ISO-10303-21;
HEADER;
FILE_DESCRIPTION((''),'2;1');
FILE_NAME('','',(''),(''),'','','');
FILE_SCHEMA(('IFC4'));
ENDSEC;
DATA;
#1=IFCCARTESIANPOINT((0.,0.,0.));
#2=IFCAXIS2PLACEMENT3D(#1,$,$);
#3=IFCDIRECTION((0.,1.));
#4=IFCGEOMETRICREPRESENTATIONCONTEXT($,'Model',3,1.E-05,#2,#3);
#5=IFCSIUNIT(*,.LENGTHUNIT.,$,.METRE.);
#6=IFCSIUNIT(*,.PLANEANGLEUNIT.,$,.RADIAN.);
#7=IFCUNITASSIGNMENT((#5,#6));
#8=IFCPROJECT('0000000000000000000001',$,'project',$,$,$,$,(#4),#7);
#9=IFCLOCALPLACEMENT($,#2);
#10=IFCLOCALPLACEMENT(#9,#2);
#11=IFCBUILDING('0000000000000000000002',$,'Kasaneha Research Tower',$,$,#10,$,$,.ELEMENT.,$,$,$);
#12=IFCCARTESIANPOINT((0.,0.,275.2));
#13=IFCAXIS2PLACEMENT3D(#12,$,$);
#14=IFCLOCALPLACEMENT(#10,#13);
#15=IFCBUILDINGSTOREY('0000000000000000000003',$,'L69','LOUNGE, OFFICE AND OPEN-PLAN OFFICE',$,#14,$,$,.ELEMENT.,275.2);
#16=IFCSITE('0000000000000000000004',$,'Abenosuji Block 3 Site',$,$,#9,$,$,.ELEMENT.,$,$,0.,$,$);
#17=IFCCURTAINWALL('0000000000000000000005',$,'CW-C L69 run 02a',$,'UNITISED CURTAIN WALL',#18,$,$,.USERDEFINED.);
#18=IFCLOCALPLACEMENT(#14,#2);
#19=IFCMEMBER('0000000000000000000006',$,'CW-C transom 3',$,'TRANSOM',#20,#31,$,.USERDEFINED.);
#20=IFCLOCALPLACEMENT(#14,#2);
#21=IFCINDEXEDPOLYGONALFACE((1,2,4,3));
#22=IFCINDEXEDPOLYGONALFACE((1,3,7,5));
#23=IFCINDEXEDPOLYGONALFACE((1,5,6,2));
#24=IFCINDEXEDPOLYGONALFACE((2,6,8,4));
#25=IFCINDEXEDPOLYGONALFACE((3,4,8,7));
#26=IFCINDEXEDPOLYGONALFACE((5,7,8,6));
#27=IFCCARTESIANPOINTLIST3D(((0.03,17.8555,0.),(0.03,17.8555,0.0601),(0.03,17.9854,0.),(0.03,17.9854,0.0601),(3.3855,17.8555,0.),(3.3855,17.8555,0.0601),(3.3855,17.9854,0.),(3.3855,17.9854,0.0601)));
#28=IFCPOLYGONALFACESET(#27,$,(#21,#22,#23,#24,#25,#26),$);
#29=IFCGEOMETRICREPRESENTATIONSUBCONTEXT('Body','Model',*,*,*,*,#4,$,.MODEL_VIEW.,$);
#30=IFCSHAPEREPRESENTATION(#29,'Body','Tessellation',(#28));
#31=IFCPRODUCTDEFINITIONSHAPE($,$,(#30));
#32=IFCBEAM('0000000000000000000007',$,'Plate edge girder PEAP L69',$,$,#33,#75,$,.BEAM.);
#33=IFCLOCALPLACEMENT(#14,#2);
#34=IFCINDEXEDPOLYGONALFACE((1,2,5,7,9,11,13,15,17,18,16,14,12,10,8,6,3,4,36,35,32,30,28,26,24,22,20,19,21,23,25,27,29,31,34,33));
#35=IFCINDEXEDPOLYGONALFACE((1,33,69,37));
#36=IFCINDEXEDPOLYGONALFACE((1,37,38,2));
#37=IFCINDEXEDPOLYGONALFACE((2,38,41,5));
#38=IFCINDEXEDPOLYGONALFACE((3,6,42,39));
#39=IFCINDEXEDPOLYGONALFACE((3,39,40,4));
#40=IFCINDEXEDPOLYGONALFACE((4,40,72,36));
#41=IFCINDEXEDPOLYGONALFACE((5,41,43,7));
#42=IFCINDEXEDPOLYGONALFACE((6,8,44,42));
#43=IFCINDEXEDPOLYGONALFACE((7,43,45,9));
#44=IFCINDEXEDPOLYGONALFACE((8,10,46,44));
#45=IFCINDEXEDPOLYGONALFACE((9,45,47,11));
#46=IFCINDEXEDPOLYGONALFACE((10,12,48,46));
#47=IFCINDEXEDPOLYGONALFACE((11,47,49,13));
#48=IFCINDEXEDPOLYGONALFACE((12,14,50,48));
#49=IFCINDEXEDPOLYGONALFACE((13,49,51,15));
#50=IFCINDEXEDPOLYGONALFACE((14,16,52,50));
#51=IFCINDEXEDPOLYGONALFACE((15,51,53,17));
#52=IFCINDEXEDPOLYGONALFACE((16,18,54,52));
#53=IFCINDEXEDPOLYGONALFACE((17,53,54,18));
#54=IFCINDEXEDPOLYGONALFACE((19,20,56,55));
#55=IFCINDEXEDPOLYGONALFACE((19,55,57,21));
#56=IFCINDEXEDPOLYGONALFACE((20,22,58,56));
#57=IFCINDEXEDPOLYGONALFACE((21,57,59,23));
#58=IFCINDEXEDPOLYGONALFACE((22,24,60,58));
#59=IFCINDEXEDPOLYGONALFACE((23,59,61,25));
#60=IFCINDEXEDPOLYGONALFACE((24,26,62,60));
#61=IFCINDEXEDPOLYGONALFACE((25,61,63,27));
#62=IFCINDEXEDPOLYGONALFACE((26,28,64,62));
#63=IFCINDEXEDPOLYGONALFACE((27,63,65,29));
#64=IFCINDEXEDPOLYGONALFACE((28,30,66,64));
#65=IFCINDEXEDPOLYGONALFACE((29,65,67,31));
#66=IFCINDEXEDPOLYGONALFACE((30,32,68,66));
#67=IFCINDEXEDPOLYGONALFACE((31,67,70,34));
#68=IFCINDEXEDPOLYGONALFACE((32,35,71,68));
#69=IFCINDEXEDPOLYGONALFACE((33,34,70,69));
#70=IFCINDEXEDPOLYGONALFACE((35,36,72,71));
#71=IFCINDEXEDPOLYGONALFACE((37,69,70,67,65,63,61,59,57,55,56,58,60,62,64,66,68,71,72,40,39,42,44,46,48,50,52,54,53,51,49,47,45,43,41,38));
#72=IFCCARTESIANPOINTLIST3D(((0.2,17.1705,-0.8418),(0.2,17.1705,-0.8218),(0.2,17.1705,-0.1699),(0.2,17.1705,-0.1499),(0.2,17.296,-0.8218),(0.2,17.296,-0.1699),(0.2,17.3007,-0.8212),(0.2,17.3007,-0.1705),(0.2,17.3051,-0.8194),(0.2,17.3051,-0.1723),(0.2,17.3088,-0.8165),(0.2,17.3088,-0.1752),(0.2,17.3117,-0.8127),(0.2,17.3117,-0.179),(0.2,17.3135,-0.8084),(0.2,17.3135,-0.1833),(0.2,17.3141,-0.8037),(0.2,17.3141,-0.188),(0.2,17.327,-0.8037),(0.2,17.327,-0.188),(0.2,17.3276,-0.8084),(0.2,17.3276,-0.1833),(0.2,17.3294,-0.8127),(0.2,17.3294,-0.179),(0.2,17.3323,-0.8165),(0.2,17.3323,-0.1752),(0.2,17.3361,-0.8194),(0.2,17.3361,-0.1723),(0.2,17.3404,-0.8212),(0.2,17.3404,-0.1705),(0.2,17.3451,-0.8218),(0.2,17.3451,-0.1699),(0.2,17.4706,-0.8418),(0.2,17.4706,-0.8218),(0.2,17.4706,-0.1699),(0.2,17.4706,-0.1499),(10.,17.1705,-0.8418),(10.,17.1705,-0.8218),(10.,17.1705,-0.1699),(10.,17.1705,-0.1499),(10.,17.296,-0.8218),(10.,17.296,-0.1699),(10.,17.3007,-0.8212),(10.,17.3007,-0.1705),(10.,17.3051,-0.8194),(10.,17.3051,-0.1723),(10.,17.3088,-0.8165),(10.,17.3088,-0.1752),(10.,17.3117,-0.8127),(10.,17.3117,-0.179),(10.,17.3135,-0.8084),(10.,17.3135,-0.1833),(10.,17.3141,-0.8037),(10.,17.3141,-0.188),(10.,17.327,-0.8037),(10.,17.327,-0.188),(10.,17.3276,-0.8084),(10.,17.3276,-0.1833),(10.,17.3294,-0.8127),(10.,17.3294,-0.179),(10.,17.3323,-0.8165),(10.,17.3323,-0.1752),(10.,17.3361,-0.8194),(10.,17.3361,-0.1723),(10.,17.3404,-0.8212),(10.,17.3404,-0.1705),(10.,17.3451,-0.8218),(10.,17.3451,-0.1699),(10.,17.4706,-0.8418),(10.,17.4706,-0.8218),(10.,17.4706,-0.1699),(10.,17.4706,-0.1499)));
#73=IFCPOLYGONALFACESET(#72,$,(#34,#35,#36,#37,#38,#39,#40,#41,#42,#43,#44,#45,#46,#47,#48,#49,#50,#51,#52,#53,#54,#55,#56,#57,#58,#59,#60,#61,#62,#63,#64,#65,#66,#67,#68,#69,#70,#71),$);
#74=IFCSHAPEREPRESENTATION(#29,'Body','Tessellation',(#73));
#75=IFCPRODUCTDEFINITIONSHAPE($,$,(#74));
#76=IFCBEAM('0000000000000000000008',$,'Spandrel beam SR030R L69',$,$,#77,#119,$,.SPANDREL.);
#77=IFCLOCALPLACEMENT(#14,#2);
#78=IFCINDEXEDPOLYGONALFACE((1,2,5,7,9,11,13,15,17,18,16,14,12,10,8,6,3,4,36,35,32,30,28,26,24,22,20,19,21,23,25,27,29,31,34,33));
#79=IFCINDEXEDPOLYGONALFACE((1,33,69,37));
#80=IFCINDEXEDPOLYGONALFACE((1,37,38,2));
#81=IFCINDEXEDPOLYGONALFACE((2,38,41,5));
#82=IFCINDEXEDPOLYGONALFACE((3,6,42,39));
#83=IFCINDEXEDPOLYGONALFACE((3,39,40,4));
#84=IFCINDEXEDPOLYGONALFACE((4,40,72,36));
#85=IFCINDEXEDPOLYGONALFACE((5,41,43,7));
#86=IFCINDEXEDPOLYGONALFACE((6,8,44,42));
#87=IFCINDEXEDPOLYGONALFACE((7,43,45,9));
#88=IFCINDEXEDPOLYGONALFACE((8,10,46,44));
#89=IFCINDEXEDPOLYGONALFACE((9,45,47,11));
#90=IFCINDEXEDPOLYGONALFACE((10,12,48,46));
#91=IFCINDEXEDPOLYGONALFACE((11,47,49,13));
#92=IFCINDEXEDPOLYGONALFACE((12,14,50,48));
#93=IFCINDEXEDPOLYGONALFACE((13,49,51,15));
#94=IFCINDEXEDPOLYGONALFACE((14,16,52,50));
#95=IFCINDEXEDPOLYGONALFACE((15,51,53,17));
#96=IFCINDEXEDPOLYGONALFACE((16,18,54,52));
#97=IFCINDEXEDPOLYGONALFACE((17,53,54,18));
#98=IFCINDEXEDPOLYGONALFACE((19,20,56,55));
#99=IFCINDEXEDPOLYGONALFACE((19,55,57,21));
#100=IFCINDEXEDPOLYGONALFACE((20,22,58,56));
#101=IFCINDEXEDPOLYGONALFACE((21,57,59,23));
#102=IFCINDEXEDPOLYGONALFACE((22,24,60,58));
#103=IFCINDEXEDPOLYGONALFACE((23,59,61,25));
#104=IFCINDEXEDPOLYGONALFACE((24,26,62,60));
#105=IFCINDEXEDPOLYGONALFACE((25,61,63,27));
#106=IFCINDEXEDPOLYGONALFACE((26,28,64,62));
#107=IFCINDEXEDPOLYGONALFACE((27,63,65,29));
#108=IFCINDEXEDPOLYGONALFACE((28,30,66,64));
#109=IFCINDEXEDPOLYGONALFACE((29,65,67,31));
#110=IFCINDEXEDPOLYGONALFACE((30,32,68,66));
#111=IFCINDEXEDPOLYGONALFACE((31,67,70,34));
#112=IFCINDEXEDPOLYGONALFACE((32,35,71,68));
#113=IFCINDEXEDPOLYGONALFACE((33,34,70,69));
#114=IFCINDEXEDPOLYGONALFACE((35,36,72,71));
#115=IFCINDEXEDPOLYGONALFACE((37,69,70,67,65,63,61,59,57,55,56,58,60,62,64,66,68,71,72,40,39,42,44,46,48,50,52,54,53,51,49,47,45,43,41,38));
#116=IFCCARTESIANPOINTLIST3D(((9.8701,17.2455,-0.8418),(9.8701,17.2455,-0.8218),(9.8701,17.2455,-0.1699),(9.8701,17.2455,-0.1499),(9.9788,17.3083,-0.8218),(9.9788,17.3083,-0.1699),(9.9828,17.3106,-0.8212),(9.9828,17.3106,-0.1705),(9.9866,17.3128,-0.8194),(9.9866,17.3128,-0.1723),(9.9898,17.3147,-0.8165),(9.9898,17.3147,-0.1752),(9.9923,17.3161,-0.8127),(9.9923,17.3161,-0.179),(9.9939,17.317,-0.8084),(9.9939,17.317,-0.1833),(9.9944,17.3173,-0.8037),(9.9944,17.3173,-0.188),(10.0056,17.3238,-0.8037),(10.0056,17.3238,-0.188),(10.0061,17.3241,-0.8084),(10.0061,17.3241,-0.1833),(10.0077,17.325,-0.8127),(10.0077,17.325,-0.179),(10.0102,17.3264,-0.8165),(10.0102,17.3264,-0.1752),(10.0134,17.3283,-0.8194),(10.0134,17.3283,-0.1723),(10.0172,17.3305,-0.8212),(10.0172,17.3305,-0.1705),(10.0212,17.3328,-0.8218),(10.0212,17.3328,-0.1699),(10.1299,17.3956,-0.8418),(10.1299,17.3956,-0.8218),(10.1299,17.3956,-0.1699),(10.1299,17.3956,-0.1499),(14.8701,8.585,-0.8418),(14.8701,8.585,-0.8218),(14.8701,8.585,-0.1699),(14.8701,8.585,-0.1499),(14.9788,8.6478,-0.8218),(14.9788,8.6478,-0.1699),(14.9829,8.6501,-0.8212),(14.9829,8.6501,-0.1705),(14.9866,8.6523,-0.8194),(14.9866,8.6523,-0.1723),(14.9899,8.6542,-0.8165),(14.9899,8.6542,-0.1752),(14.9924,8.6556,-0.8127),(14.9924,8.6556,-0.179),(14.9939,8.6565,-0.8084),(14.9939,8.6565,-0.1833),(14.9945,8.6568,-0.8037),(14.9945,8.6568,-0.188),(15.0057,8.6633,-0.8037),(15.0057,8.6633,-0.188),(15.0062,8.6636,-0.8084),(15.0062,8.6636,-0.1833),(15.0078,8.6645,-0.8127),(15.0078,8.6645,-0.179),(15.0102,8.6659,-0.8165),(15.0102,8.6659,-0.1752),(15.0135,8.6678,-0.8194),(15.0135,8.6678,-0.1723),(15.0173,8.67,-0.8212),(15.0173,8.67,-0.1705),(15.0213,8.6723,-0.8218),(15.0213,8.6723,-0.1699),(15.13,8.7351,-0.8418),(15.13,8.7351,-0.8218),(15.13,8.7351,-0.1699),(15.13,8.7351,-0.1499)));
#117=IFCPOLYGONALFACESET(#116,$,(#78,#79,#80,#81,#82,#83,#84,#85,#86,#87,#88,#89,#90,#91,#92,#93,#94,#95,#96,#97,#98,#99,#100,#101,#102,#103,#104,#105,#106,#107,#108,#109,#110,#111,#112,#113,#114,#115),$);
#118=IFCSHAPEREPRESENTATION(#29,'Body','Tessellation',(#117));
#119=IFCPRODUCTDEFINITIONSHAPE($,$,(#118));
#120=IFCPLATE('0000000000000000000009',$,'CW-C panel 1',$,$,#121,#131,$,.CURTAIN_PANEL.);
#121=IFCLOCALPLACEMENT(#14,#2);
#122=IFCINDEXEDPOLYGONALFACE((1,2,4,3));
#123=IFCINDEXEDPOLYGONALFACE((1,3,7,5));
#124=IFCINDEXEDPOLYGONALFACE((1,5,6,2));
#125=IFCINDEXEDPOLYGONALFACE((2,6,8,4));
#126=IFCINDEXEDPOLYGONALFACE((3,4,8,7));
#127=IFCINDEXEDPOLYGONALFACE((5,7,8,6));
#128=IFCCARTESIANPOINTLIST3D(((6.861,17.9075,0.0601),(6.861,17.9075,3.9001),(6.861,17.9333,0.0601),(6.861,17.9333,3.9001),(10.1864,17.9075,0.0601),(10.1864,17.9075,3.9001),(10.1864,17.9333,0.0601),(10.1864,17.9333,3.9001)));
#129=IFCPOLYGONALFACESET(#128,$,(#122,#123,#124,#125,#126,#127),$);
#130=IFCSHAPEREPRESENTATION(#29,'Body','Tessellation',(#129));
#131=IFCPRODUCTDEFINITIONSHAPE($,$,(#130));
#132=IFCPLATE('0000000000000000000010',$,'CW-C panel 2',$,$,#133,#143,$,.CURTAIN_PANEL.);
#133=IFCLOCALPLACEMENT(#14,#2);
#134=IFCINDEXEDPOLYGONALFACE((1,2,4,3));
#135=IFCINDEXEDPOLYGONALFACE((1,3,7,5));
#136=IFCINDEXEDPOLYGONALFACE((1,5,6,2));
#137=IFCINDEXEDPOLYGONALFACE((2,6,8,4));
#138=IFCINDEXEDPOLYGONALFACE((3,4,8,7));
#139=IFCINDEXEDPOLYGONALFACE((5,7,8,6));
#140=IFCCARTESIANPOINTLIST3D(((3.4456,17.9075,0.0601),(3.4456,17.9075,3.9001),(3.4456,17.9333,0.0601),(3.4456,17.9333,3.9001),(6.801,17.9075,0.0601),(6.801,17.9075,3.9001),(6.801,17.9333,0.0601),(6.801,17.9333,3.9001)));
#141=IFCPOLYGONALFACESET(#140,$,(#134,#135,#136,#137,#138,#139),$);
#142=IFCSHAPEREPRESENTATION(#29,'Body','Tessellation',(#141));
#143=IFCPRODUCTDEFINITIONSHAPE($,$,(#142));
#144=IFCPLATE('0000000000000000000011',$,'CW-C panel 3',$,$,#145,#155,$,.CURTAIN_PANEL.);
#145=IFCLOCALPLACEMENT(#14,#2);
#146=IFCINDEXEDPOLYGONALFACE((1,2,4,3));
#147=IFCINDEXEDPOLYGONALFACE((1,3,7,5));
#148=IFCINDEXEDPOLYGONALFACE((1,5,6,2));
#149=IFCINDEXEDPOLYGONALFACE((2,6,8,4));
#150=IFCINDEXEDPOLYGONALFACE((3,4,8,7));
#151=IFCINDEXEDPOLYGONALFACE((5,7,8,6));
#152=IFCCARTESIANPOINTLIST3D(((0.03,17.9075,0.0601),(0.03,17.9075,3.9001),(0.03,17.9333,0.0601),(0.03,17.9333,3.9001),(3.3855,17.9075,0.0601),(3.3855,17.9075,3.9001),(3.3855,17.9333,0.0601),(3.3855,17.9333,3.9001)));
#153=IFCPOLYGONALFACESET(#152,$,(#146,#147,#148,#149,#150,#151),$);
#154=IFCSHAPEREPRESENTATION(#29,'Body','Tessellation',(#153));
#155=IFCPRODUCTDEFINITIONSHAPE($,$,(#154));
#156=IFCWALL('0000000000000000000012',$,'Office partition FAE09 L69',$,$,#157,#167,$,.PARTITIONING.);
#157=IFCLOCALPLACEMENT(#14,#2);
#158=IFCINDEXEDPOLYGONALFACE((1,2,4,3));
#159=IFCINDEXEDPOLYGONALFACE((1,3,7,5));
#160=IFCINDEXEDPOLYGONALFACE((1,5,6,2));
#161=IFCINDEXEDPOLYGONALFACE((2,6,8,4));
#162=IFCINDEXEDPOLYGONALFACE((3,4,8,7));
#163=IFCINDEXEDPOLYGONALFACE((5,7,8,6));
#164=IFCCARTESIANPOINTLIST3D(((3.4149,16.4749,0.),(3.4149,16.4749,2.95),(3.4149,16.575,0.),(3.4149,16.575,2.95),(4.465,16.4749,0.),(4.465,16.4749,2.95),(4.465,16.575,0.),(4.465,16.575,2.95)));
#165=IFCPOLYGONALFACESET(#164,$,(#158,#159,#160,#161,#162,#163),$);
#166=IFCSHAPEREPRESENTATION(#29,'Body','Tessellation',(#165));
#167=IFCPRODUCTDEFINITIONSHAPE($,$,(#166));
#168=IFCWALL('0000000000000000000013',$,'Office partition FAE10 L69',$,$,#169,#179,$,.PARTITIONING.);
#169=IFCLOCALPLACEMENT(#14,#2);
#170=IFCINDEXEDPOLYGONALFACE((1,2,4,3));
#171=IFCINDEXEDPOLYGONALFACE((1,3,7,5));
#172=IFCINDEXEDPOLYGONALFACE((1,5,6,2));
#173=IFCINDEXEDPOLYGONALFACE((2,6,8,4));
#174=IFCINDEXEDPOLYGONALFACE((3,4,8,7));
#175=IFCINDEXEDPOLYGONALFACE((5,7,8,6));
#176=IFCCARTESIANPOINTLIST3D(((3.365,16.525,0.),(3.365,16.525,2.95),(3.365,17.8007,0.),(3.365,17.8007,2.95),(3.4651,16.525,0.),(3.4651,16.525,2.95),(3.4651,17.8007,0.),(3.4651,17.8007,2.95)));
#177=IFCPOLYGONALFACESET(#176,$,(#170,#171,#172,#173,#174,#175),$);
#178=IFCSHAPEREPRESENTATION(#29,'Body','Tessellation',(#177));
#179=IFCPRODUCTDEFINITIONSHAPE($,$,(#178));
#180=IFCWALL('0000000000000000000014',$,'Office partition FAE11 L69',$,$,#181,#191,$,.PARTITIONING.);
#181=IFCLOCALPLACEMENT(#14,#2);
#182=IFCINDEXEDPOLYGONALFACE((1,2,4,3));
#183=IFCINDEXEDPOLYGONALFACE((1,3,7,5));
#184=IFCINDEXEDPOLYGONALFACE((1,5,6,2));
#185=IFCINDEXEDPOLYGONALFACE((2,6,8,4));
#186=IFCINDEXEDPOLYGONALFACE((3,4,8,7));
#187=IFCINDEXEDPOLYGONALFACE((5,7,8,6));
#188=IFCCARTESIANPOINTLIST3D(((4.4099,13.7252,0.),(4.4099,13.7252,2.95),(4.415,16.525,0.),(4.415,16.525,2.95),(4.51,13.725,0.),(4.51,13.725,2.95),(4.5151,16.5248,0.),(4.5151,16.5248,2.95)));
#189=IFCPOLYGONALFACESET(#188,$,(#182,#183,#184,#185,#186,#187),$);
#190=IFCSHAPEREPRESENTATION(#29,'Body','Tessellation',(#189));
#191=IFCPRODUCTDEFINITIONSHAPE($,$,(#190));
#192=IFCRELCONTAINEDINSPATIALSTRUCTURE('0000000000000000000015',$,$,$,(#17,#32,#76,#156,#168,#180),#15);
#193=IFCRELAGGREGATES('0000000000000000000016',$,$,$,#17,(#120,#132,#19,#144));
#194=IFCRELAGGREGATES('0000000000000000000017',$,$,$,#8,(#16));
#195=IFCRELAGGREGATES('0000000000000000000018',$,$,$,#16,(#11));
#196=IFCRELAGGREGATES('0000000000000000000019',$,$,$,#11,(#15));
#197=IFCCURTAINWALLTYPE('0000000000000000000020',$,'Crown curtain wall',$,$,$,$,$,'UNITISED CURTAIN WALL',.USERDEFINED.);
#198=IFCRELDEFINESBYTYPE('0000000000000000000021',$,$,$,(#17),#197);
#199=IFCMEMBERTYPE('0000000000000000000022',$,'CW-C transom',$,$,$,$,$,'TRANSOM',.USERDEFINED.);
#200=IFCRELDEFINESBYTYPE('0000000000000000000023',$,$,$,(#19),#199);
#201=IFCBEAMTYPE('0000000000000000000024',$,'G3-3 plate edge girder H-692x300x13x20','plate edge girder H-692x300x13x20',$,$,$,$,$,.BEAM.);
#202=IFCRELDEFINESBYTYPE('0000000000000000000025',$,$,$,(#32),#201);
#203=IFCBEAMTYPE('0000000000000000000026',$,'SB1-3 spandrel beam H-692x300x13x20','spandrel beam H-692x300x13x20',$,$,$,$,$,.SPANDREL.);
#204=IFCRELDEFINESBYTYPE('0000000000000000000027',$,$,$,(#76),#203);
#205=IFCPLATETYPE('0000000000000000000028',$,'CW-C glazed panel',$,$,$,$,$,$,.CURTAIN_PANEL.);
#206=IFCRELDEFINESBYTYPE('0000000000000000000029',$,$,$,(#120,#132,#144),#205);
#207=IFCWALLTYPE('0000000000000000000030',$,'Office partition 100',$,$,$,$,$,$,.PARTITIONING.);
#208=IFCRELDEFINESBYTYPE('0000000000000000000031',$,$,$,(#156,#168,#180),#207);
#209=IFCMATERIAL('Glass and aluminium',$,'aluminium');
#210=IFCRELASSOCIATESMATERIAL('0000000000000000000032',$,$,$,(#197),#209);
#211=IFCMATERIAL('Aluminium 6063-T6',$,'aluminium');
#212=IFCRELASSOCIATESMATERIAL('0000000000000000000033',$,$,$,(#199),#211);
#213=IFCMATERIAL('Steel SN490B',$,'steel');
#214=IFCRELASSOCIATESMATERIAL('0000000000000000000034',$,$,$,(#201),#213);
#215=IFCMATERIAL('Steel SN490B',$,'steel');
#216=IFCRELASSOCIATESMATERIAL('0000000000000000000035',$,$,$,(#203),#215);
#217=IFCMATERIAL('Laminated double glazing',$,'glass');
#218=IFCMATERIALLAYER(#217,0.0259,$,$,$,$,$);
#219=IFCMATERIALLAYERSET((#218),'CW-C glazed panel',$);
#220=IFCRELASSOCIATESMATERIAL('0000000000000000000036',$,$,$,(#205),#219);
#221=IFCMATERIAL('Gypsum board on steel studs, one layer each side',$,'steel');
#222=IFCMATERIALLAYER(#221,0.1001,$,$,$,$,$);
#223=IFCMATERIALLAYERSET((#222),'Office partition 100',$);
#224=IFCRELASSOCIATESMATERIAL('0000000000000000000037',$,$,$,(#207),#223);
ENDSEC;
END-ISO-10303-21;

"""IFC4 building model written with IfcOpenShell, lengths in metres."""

from ifc_helpers import new_model, si_unit, direction, frame, frame_2d, origin, origin_2d, place, context, subcontext, project, spatial, rectangle, i_section, extrude, material, layer, layer_set, material_profile, profile_set, type_object, element, aggregate, save


model = new_model("IFC4")

# Units and contexts
model_context = context("Model", 3, precision=1e-05, world=origin(), true_north=direction((0.0, 1.0)))
body_context = subcontext(model_context, "Body", "Model", "MODEL_VIEW")
ifc_project = project(units=[si_unit("LENGTHUNIT", "METRE"), si_unit("PLANEANGLEUNIT", "RADIAN")], contexts=[model_context])

# Site, building, storey
site_placement = place(None, origin())
site = spatial("IfcSite", under=ifc_project, at=site_placement, Name="Abenosuji Block 3 Site", CompositionType="ELEMENT", RefElevation=0.0)
building_placement = place(site_placement, origin())
building = spatial("IfcBuilding", under=site, at=building_placement, Name="Kasaneha Research Tower", CompositionType="ELEMENT")
storey_placement = place(building_placement, frame((0.0, 0.0, 275.2)))
storey = spatial("IfcBuildingStorey", under=building, at=storey_placement, Name="L69", Description="LOUNGE, OFFICE AND OPEN-PLAN OFFICE", CompositionType="ELEMENT", Elevation=275.2)

# Curtain wall, member
ifc_material_1 = material(Name="Glass and aluminium", Category="aluminium")
curtain_wall_type = type_object("IfcCurtainWallType", Name="Crown curtain wall", ElementType="UNITISED CURTAIN WALL", PredefinedType="USERDEFINED", material=ifc_material_1)
curtain_wall_placement = place(storey_placement, origin())
curtain_wall = element("IfcCurtainWall", 1, at=curtain_wall_placement, inside=storey, type_object=curtain_wall_type, Name="CW-C L69 run 02a", ObjectType="UNITISED CURTAIN WALL", PredefinedType="USERDEFINED")
ifc_material_2 = material(Name="Aluminium 6063-T6", Category="aluminium")
ifc_material_profile_1 = material_profile(ifc_material_2, rectangle(XDim=0.1299, YDim=0.0601, at=origin_2d()), Name="CW-C transom 130x60")
ifc_profile_set_1 = profile_set([ifc_material_profile_1], Name="Aluminium 6063-T6")
member_type_1 = type_object("IfcMemberType", Name="CW-C transom", ElementType="TRANSOM", PredefinedType="USERDEFINED", material=ifc_profile_set_1)
member_1_placement = place(storey_placement, frame((3.3855, 17.9204, 0.03), z_axis=(-1.0, 0.0, 0.0), x_axis=(0.0, -1.0, 0.0)))
member_1 = element("IfcMember", 2, at=member_1_placement, type_object=member_type_1, Name="CW-C transom 3", ObjectType="TRANSOM", PredefinedType="USERDEFINED", context=body_context, shape_type="SweptSolid", body=[
    extrude(rectangle(XDim=0.1299, YDim=0.0601, at=origin_2d()), origin(), (0.0, 0.0, 1.0), 3.3555),
])

# Beams
ifc_material_3 = material(Name="Steel SN490B", Category="steel")
ifc_material_profile_2 = material_profile(ifc_material_3, i_section(OverallWidth=0.3, OverallDepth=0.6919, WebThickness=0.0129, FlangeThickness=0.02, FilletRadius=0.0181, at=origin_2d()), Name="H-692x300x13x20")
ifc_profile_set_2 = profile_set([ifc_material_profile_2], Name="Steel SN490B")
beam_type_1 = type_object("IfcBeamType", Name="G3-3 plate edge girder H-692x300x13x20", Description="plate edge girder H-692x300x13x20", PredefinedType="BEAM", material=ifc_profile_set_2)
beam_1_placement = place(storey_placement, frame((10.0, 17.3206, -0.4958), z_axis=(-1.0, 0.0, 0.0), x_axis=(0.0, -1.0, 0.0)))
element("IfcBeam", 3, at=beam_1_placement, inside=storey, type_object=beam_type_1, Name="Plate edge girder PEAP L69", PredefinedType="BEAM", context=body_context, shape_type="SweptSolid", body=[
    extrude(i_section(OverallWidth=0.3, OverallDepth=0.6919, WebThickness=0.0129, FlangeThickness=0.02, FilletRadius=0.0181, at=origin_2d()), origin(), (0.0, 0.0, 1.0), 9.8),
])
ifc_material_4 = material(Name="Steel SN490B", Category="steel")
ifc_material_profile_3 = material_profile(ifc_material_4, i_section(OverallWidth=0.3, OverallDepth=0.6919, WebThickness=0.0129, FlangeThickness=0.02, FilletRadius=0.0181, at=origin_2d()), Name="H-692x300x13x20")
ifc_profile_set_3 = profile_set([ifc_material_profile_3], Name="Steel SN490B")
beam_type_2 = type_object("IfcBeamType", Name="SB1-3 spandrel beam H-692x300x13x20", Description="spandrel beam H-692x300x13x20", PredefinedType="SPANDREL", material=ifc_profile_set_3)
beam_2_placement = place(storey_placement, frame((10.0, 17.3206, -0.4958), z_axis=(0.499994, -0.866029, 0.0), x_axis=(0.866029, 0.499994, 0.0)))
element("IfcBeam", 4, at=beam_2_placement, inside=storey, type_object=beam_type_2, Name="Spandrel beam SR030R L69", PredefinedType="SPANDREL", context=body_context, shape_type="SweptSolid", body=[
    extrude(i_section(OverallWidth=0.3, OverallDepth=0.6919, WebThickness=0.0129, FlangeThickness=0.02, FilletRadius=0.0181, at=origin_2d()), origin(), (0.0, 0.0, 1.0), 10.0002),
])

# Plates
ifc_material_5 = material(Name="Laminated double glazing", Category="glass")
ifc_layer_1 = layer(ifc_material_5, 0.0259)
ifc_layer_set_1 = layer_set([ifc_layer_1], Name="CW-C glazed panel")
plate_type = type_object("IfcPlateType", Name="CW-C glazed panel", PredefinedType="CURTAIN_PANEL", material=ifc_layer_set_1)
plate_1_placement = place(storey_placement, frame((8.5237, 17.9204, 0.0601), z_axis=(0.0, 0.0, 1.0), x_axis=(-1.0, 0.0, 0.0)))
plate_1 = element("IfcPlate", 5, at=plate_1_placement, type_object=plate_type, Name="CW-C panel 1", PredefinedType="CURTAIN_PANEL", context=body_context, shape_type="SweptSolid", body=[
    extrude(rectangle(XDim=3.3254, YDim=0.0259, at=origin_2d()), origin(), (0.0, 0.0, 1.0), 3.8401),
])
plate_2_placement = place(storey_placement, frame((5.1233, 17.9204, 0.0601), z_axis=(0.0, 0.0, 1.0), x_axis=(-1.0, 0.0, 0.0)))
plate_2 = element("IfcPlate", 6, at=plate_2_placement, type_object=plate_type, Name="CW-C panel 2", PredefinedType="CURTAIN_PANEL", context=body_context, shape_type="SweptSolid", body=[
    extrude(rectangle(XDim=3.3555, YDim=0.0259, at=origin_2d()), origin(), (0.0, 0.0, 1.0), 3.8401),
])
plate_3_placement = place(storey_placement, frame((1.7078, 17.9204, 0.0601), z_axis=(0.0, 0.0, 1.0), x_axis=(-1.0, 0.0, 0.0)))
plate_3 = element("IfcPlate", 7, at=plate_3_placement, type_object=plate_type, Name="CW-C panel 3", PredefinedType="CURTAIN_PANEL", context=body_context, shape_type="SweptSolid", body=[
    extrude(rectangle(XDim=3.3555, YDim=0.0259, at=origin_2d()), origin(), (0.0, 0.0, 1.0), 3.8401),
])
aggregate(curtain_wall, [plate_1, plate_2, member_1, plate_3])

# Walls
ifc_material_6 = material(Name="Gypsum board on steel studs, one layer each side", Category="steel")
ifc_layer_2 = layer(ifc_material_6, 0.1001)
ifc_layer_set_2 = layer_set([ifc_layer_2], Name="Office partition 100")
wall_type_1 = type_object("IfcWallType", Name="Office partition 100", PredefinedType="PARTITIONING", material=ifc_layer_set_2)
wall_1_placement = place(storey_placement, frame((3.415, 16.5249, 0.0), z_axis=(0.0, 0.0, 1.0), x_axis=(1.0, 0.0, 0.0)))
element("IfcWall", 8, at=wall_1_placement, inside=storey, type_object=wall_type_1, Name="Office partition FAE09 L69", PredefinedType="PARTITIONING", context=body_context, shape_type="SweptSolid", body=[
    extrude(rectangle(XDim=1.05, YDim=0.1001, at=frame_2d((0.5249, 0.0))), origin(), (0.0, 0.0, 1.0), 2.95),
])
wall_2_placement = place(storey_placement, frame((3.415, 17.8005, 0.0), z_axis=(0.0, 0.0, 1.0), x_axis=(0.0, -1.0, 0.0)))
element("IfcWall", 9, at=wall_2_placement, inside=storey, type_object=wall_type_1, Name="Office partition FAE10 L69", PredefinedType="PARTITIONING", context=body_context, shape_type="SweptSolid", body=[
    extrude(rectangle(XDim=1.2756, YDim=0.1001, at=frame_2d((0.6377, 0.0))), origin(), (0.0, 0.0, 1.0), 2.95),
])
wall_3_placement = place(storey_placement, frame((4.4651, 16.5249, 0.0), z_axis=(0.0, 0.0, 1.0), x_axis=(-0.001831, -0.999998, 0.0)))
element("IfcWall", 10, at=wall_3_placement, inside=storey, type_object=wall_type_1, Name="Office partition FAE11 L69", PredefinedType="PARTITIONING", context=body_context, shape_type="SweptSolid", body=[
    extrude(rectangle(XDim=2.7998, YDim=0.1001, at=frame_2d((1.3999, 0.0))), origin(), (0.0, 0.0, 1.0), 2.95),
])

save(model, "model.ifc")
